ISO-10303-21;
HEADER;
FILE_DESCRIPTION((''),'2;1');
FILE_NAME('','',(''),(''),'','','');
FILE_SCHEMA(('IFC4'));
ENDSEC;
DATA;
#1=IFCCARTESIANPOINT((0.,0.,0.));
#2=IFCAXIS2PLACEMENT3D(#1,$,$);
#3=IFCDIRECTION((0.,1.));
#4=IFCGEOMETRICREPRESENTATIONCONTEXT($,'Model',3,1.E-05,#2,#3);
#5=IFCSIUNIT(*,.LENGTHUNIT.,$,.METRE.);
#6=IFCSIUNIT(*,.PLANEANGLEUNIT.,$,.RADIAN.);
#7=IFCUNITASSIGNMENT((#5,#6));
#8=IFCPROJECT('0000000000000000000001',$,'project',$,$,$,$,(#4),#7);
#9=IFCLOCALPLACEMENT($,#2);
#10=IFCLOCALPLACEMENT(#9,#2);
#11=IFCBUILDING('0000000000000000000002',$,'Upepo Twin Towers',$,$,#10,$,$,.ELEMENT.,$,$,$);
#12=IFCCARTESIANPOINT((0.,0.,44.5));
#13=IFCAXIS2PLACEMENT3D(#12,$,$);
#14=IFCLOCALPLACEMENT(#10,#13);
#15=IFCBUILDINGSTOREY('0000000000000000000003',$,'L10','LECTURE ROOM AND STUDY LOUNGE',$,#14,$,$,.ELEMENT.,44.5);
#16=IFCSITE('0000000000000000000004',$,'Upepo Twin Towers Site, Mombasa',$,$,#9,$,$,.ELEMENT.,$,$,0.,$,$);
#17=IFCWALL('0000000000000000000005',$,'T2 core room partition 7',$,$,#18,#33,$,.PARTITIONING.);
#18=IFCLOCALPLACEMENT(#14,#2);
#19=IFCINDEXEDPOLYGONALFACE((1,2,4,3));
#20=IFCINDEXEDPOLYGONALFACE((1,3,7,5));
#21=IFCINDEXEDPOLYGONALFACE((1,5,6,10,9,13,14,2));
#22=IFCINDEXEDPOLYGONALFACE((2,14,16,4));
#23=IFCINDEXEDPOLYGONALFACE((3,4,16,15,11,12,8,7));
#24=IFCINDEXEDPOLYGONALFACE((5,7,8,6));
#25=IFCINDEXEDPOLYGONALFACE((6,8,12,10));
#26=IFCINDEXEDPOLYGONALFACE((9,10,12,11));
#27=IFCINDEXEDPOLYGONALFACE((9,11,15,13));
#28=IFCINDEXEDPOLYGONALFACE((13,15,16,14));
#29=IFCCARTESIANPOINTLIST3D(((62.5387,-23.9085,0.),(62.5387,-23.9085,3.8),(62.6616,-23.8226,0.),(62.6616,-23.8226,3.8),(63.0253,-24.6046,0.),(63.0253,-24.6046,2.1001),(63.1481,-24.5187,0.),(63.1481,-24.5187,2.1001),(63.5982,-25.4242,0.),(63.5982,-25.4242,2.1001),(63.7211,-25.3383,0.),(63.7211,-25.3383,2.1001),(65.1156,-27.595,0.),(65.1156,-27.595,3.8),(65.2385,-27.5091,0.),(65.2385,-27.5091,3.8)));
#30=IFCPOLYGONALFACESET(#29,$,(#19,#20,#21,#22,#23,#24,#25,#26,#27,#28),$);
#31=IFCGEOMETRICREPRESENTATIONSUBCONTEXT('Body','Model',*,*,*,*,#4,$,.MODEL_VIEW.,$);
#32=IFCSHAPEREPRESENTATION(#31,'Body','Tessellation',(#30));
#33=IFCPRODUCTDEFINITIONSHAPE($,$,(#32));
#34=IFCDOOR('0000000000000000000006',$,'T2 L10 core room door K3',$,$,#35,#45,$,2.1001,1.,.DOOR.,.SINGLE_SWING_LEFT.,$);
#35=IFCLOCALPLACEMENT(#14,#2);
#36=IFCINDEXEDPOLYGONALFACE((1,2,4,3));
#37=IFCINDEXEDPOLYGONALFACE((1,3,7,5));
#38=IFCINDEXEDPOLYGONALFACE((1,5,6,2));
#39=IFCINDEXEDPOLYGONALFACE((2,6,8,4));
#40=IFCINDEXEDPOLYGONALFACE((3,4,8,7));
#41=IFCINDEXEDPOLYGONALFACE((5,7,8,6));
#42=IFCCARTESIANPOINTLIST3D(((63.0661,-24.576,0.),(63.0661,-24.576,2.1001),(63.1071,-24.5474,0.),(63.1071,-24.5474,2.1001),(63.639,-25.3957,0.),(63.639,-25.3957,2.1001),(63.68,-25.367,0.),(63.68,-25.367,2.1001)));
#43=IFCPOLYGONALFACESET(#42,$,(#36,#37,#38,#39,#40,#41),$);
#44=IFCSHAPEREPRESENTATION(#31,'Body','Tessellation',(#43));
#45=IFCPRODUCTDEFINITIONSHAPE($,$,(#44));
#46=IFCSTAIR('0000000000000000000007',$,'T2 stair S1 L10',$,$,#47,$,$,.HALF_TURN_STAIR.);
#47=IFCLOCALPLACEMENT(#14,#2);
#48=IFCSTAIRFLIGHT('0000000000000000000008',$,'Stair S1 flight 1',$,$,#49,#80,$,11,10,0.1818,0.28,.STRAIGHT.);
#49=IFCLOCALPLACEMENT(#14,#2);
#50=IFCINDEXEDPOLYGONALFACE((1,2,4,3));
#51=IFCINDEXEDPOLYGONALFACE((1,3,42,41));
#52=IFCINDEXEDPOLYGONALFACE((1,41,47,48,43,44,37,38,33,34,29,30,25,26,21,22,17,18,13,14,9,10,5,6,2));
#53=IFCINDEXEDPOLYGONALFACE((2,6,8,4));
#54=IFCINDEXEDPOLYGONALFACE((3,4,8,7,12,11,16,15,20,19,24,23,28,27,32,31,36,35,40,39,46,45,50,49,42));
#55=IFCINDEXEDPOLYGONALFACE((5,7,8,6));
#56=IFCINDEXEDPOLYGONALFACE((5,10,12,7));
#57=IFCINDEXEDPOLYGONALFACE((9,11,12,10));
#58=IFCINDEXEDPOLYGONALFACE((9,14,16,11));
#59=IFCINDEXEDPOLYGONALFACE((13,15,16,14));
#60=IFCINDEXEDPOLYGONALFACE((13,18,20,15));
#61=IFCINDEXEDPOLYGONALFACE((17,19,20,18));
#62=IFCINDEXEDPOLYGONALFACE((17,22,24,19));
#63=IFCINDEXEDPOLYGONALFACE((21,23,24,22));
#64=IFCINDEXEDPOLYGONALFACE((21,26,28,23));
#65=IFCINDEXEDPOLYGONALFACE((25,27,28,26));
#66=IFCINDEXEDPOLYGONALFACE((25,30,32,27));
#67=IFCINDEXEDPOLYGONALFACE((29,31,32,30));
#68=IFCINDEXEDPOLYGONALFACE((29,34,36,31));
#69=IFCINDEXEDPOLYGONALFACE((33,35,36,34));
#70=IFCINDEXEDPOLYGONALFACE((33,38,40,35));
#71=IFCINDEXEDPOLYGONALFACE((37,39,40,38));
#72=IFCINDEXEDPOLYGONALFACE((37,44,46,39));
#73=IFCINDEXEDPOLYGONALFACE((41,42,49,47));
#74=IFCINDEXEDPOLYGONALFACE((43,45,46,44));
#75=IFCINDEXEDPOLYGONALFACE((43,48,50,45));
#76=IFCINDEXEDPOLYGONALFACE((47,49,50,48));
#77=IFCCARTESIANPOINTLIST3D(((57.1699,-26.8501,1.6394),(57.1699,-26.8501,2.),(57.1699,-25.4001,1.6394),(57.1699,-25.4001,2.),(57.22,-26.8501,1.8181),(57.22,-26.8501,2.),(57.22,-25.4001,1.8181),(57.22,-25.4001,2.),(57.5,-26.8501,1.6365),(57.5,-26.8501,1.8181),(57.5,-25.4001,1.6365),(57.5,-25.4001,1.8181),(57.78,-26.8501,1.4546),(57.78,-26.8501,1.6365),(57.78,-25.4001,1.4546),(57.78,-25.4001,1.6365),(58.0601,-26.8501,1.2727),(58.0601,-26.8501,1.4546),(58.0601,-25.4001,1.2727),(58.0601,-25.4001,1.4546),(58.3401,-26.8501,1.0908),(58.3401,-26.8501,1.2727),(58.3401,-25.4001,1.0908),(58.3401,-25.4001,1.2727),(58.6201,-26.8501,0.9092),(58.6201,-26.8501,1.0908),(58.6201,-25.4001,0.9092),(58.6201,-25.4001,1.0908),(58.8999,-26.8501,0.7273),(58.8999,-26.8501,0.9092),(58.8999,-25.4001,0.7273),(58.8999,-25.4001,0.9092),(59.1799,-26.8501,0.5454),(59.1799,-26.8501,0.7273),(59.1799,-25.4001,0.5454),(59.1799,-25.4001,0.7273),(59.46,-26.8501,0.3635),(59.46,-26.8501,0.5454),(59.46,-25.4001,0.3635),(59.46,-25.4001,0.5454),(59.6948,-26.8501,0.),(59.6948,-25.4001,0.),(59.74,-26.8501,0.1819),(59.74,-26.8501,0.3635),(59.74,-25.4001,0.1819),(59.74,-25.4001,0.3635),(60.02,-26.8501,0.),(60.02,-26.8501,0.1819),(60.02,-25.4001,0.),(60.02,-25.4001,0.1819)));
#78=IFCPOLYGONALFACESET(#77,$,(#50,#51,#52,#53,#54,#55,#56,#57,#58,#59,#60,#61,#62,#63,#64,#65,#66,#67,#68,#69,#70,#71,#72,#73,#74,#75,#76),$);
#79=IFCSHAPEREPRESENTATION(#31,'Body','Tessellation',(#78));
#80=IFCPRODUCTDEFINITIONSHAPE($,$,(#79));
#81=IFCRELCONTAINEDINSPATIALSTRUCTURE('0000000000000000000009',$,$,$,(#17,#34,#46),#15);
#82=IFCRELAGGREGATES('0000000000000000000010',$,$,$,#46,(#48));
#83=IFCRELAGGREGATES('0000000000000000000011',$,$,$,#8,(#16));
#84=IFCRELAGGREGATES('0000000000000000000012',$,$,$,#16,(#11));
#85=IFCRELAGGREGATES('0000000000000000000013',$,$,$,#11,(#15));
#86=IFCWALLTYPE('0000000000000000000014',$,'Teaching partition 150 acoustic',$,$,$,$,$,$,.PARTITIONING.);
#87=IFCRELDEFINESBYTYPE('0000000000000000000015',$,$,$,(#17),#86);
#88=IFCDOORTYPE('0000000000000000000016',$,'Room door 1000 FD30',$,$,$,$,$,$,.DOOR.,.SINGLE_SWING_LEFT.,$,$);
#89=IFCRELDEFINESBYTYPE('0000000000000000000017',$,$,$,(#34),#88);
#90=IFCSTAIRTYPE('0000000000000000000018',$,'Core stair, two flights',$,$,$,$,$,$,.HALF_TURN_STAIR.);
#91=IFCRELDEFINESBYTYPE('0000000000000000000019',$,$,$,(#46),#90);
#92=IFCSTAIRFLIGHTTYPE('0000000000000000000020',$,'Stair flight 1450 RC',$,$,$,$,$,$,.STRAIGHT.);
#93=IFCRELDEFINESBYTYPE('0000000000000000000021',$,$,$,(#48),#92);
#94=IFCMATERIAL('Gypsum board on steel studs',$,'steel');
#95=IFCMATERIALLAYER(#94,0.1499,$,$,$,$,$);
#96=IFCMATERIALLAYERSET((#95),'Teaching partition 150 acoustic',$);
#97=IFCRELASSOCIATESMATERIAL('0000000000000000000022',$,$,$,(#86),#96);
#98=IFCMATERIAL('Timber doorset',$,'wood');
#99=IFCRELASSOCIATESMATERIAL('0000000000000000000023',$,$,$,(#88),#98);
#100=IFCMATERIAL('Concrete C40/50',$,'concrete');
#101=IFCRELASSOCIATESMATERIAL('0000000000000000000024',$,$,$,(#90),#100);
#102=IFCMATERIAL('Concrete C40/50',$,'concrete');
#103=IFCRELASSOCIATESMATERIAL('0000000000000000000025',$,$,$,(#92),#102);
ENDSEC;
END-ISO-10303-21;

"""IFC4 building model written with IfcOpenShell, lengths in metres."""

from ifc_helpers import new_model, si_unit, direction, frame, frame_2d, origin, place, context, subcontext, project, spatial, polyline, rectangle, outline, extrude, material, layer, layer_set, type_object, element, fill, aggregate, save


model = new_model("IFC4")

# Units and contexts
model_context = context("Model", 3, precision=1e-05, world=origin(), true_north=direction((0.0, 1.0)))
body_context = subcontext(model_context, "Body", "Model", "MODEL_VIEW")
ifc_project = project(units=[si_unit("LENGTHUNIT", "METRE"), si_unit("PLANEANGLEUNIT", "RADIAN")], contexts=[model_context])

# Site, building, storey
site_placement = place(None, origin())
site = spatial("IfcSite", under=ifc_project, at=site_placement, Name="Upepo Twin Towers Site, Mombasa", CompositionType="ELEMENT", RefElevation=0.0)
building_placement = place(site_placement, origin())
building = spatial("IfcBuilding", under=site, at=building_placement, Name="Upepo Twin Towers", CompositionType="ELEMENT")
storey_placement = place(building_placement, frame((0.0, 0.0, 44.5)))
storey = spatial("IfcBuildingStorey", under=building, at=storey_placement, Name="L10", Description="LECTURE ROOM AND STUDY LOUNGE", CompositionType="ELEMENT", Elevation=44.5)

# Wall, opening, door
ifc_material_1 = material(Name="Gypsum board on steel studs", Category="steel")
ifc_layer_1 = layer(ifc_material_1, 0.1499)
ifc_layer_set_1 = layer_set([ifc_layer_1], Name="Teaching partition 150 acoustic")
wall_type_1 = type_object("IfcWallType", Name="Teaching partition 150 acoustic", PredefinedType="PARTITIONING", material=ifc_layer_set_1)
ifc_material_2 = material(Name="Timber doorset", Category="wood")
door_type_1 = type_object("IfcDoorType", Name="Room door 1000 FD30", OperationType="SINGLE_SWING_LEFT", PredefinedType="DOOR", material=ifc_material_2)
wall_1_placement = place(storey_placement, frame((62.6001, -23.8655, 0.0), z_axis=(0.0, 0.0, 1.0), x_axis=(0.572916, -0.819614, 0.0)))
wall_1 = element("IfcWall", 1, at=wall_1_placement, inside=storey, type_object=wall_type_1, Name="T2 core room partition 7", PredefinedType="PARTITIONING", context=body_context, shape_type="SweptSolid", body=[
    extrude(rectangle(XDim=4.4978, YDim=0.1499, at=frame_2d((2.249, 0.0))), origin(), (0.0, 0.0, 1.0), 3.8),
])
opening_1_placement = place(wall_1_placement, frame((0.8494, 0.0, 0.0)))
opening_1 = element("IfcOpeningElement", 2, at=opening_1_placement, cuts=wall_1, PredefinedType="OPENING", context=body_context, shape_type="SweptSolid", body=[
    extrude(rectangle(XDim=1.0, YDim=2.1001, at=frame_2d((0.5, 1.05))), frame((0.0, 0.085, 0.0), z_axis=(0.0, -1.0, 0.0), x_axis=(1.0, 0.0, 0.0)), (0.0, 0.0, 1.0), 0.1699),
])
door_1_placement = place(opening_1_placement, origin())
door_1 = element("IfcDoor", 3, at=door_1_placement, inside=storey, type_object=door_type_1, Name="T2 L10 core room door K3", OperationType="SINGLE_SWING_LEFT", OverallHeight=2.1001, OverallWidth=1.0, PredefinedType="DOOR", context=body_context, shape_type="SweptSolid", body=[
    extrude(rectangle(XDim=1.0, YDim=2.1001, at=frame_2d((0.5, 1.05))), frame((0.0, 0.0249, 0.0), z_axis=(0.0, -1.0, 0.0), x_axis=(1.0, 0.0, 0.0)), (0.0, 0.0, 1.0), 0.05),
])
fill(opening_1, door_1)

# Stair, stair flight
ifc_material_3 = material(Name="Concrete C40/50", Category="concrete")
stair_type = type_object("IfcStairType", Name="Core stair, two flights", PredefinedType="HALF_TURN_STAIR", material=ifc_material_3)
stair_placement = place(storey_placement, origin())
stair = element("IfcStair", 4, at=stair_placement, inside=storey, type_object=stair_type, Name="T2 stair S1 L10", PredefinedType="HALF_TURN_STAIR")
ifc_material_4 = material(Name="Concrete C40/50", Category="concrete")
stair_flight_type = type_object("IfcStairFlightType", Name="Stair flight 1450 RC", PredefinedType="STRAIGHT", material=ifc_material_4)
stair_flight_placement = place(storey_placement, frame((60.02, -26.125, 0.0), z_axis=(0.0, 0.0, 1.0), x_axis=(-1.0, 0.0, 0.0)))
stair_flight = element("IfcStairFlight", 5, at=stair_flight_placement, type_object=stair_flight_type, Name="Stair S1 flight 1", NumberOfRisers=11, NumberOfTreads=10, PredefinedType="STRAIGHT", RiserHeight=0.1818, TreadLength=0.28, context=body_context, shape_type="SweptSolid", body=[
    extrude(outline(polyline([(0.0, 0.0), (0.0, 0.1819), (0.28, 0.1819), (0.28, 0.3635), (0.5601, 0.3635), (0.5601, 0.5454), (0.8401, 0.5454), (0.8401, 0.7273), (1.1201, 0.7273), (1.1201, 0.9092), (1.3999, 0.9092), (1.3999, 1.0908), (1.6799, 1.0908), (1.6799, 1.2727), (1.96, 1.2727), (1.96, 1.4546), (2.24, 1.4546), (2.24, 1.6365), (2.52, 1.6365), (2.52, 1.8181), (2.8, 1.8181), (2.8, 2.0), (2.8501, 2.0), (2.8501, 1.6394), (0.3252, 0.0), (0.0, 0.0)])), frame((0.0, 0.7251, 0.0), z_axis=(0.0, -1.0, 0.0), x_axis=(1.0, 0.0, 0.0)), (0.0, 0.0, 1.0), 1.45),
])
aggregate(stair, [stair_flight])

save(model, "model.ifc")
